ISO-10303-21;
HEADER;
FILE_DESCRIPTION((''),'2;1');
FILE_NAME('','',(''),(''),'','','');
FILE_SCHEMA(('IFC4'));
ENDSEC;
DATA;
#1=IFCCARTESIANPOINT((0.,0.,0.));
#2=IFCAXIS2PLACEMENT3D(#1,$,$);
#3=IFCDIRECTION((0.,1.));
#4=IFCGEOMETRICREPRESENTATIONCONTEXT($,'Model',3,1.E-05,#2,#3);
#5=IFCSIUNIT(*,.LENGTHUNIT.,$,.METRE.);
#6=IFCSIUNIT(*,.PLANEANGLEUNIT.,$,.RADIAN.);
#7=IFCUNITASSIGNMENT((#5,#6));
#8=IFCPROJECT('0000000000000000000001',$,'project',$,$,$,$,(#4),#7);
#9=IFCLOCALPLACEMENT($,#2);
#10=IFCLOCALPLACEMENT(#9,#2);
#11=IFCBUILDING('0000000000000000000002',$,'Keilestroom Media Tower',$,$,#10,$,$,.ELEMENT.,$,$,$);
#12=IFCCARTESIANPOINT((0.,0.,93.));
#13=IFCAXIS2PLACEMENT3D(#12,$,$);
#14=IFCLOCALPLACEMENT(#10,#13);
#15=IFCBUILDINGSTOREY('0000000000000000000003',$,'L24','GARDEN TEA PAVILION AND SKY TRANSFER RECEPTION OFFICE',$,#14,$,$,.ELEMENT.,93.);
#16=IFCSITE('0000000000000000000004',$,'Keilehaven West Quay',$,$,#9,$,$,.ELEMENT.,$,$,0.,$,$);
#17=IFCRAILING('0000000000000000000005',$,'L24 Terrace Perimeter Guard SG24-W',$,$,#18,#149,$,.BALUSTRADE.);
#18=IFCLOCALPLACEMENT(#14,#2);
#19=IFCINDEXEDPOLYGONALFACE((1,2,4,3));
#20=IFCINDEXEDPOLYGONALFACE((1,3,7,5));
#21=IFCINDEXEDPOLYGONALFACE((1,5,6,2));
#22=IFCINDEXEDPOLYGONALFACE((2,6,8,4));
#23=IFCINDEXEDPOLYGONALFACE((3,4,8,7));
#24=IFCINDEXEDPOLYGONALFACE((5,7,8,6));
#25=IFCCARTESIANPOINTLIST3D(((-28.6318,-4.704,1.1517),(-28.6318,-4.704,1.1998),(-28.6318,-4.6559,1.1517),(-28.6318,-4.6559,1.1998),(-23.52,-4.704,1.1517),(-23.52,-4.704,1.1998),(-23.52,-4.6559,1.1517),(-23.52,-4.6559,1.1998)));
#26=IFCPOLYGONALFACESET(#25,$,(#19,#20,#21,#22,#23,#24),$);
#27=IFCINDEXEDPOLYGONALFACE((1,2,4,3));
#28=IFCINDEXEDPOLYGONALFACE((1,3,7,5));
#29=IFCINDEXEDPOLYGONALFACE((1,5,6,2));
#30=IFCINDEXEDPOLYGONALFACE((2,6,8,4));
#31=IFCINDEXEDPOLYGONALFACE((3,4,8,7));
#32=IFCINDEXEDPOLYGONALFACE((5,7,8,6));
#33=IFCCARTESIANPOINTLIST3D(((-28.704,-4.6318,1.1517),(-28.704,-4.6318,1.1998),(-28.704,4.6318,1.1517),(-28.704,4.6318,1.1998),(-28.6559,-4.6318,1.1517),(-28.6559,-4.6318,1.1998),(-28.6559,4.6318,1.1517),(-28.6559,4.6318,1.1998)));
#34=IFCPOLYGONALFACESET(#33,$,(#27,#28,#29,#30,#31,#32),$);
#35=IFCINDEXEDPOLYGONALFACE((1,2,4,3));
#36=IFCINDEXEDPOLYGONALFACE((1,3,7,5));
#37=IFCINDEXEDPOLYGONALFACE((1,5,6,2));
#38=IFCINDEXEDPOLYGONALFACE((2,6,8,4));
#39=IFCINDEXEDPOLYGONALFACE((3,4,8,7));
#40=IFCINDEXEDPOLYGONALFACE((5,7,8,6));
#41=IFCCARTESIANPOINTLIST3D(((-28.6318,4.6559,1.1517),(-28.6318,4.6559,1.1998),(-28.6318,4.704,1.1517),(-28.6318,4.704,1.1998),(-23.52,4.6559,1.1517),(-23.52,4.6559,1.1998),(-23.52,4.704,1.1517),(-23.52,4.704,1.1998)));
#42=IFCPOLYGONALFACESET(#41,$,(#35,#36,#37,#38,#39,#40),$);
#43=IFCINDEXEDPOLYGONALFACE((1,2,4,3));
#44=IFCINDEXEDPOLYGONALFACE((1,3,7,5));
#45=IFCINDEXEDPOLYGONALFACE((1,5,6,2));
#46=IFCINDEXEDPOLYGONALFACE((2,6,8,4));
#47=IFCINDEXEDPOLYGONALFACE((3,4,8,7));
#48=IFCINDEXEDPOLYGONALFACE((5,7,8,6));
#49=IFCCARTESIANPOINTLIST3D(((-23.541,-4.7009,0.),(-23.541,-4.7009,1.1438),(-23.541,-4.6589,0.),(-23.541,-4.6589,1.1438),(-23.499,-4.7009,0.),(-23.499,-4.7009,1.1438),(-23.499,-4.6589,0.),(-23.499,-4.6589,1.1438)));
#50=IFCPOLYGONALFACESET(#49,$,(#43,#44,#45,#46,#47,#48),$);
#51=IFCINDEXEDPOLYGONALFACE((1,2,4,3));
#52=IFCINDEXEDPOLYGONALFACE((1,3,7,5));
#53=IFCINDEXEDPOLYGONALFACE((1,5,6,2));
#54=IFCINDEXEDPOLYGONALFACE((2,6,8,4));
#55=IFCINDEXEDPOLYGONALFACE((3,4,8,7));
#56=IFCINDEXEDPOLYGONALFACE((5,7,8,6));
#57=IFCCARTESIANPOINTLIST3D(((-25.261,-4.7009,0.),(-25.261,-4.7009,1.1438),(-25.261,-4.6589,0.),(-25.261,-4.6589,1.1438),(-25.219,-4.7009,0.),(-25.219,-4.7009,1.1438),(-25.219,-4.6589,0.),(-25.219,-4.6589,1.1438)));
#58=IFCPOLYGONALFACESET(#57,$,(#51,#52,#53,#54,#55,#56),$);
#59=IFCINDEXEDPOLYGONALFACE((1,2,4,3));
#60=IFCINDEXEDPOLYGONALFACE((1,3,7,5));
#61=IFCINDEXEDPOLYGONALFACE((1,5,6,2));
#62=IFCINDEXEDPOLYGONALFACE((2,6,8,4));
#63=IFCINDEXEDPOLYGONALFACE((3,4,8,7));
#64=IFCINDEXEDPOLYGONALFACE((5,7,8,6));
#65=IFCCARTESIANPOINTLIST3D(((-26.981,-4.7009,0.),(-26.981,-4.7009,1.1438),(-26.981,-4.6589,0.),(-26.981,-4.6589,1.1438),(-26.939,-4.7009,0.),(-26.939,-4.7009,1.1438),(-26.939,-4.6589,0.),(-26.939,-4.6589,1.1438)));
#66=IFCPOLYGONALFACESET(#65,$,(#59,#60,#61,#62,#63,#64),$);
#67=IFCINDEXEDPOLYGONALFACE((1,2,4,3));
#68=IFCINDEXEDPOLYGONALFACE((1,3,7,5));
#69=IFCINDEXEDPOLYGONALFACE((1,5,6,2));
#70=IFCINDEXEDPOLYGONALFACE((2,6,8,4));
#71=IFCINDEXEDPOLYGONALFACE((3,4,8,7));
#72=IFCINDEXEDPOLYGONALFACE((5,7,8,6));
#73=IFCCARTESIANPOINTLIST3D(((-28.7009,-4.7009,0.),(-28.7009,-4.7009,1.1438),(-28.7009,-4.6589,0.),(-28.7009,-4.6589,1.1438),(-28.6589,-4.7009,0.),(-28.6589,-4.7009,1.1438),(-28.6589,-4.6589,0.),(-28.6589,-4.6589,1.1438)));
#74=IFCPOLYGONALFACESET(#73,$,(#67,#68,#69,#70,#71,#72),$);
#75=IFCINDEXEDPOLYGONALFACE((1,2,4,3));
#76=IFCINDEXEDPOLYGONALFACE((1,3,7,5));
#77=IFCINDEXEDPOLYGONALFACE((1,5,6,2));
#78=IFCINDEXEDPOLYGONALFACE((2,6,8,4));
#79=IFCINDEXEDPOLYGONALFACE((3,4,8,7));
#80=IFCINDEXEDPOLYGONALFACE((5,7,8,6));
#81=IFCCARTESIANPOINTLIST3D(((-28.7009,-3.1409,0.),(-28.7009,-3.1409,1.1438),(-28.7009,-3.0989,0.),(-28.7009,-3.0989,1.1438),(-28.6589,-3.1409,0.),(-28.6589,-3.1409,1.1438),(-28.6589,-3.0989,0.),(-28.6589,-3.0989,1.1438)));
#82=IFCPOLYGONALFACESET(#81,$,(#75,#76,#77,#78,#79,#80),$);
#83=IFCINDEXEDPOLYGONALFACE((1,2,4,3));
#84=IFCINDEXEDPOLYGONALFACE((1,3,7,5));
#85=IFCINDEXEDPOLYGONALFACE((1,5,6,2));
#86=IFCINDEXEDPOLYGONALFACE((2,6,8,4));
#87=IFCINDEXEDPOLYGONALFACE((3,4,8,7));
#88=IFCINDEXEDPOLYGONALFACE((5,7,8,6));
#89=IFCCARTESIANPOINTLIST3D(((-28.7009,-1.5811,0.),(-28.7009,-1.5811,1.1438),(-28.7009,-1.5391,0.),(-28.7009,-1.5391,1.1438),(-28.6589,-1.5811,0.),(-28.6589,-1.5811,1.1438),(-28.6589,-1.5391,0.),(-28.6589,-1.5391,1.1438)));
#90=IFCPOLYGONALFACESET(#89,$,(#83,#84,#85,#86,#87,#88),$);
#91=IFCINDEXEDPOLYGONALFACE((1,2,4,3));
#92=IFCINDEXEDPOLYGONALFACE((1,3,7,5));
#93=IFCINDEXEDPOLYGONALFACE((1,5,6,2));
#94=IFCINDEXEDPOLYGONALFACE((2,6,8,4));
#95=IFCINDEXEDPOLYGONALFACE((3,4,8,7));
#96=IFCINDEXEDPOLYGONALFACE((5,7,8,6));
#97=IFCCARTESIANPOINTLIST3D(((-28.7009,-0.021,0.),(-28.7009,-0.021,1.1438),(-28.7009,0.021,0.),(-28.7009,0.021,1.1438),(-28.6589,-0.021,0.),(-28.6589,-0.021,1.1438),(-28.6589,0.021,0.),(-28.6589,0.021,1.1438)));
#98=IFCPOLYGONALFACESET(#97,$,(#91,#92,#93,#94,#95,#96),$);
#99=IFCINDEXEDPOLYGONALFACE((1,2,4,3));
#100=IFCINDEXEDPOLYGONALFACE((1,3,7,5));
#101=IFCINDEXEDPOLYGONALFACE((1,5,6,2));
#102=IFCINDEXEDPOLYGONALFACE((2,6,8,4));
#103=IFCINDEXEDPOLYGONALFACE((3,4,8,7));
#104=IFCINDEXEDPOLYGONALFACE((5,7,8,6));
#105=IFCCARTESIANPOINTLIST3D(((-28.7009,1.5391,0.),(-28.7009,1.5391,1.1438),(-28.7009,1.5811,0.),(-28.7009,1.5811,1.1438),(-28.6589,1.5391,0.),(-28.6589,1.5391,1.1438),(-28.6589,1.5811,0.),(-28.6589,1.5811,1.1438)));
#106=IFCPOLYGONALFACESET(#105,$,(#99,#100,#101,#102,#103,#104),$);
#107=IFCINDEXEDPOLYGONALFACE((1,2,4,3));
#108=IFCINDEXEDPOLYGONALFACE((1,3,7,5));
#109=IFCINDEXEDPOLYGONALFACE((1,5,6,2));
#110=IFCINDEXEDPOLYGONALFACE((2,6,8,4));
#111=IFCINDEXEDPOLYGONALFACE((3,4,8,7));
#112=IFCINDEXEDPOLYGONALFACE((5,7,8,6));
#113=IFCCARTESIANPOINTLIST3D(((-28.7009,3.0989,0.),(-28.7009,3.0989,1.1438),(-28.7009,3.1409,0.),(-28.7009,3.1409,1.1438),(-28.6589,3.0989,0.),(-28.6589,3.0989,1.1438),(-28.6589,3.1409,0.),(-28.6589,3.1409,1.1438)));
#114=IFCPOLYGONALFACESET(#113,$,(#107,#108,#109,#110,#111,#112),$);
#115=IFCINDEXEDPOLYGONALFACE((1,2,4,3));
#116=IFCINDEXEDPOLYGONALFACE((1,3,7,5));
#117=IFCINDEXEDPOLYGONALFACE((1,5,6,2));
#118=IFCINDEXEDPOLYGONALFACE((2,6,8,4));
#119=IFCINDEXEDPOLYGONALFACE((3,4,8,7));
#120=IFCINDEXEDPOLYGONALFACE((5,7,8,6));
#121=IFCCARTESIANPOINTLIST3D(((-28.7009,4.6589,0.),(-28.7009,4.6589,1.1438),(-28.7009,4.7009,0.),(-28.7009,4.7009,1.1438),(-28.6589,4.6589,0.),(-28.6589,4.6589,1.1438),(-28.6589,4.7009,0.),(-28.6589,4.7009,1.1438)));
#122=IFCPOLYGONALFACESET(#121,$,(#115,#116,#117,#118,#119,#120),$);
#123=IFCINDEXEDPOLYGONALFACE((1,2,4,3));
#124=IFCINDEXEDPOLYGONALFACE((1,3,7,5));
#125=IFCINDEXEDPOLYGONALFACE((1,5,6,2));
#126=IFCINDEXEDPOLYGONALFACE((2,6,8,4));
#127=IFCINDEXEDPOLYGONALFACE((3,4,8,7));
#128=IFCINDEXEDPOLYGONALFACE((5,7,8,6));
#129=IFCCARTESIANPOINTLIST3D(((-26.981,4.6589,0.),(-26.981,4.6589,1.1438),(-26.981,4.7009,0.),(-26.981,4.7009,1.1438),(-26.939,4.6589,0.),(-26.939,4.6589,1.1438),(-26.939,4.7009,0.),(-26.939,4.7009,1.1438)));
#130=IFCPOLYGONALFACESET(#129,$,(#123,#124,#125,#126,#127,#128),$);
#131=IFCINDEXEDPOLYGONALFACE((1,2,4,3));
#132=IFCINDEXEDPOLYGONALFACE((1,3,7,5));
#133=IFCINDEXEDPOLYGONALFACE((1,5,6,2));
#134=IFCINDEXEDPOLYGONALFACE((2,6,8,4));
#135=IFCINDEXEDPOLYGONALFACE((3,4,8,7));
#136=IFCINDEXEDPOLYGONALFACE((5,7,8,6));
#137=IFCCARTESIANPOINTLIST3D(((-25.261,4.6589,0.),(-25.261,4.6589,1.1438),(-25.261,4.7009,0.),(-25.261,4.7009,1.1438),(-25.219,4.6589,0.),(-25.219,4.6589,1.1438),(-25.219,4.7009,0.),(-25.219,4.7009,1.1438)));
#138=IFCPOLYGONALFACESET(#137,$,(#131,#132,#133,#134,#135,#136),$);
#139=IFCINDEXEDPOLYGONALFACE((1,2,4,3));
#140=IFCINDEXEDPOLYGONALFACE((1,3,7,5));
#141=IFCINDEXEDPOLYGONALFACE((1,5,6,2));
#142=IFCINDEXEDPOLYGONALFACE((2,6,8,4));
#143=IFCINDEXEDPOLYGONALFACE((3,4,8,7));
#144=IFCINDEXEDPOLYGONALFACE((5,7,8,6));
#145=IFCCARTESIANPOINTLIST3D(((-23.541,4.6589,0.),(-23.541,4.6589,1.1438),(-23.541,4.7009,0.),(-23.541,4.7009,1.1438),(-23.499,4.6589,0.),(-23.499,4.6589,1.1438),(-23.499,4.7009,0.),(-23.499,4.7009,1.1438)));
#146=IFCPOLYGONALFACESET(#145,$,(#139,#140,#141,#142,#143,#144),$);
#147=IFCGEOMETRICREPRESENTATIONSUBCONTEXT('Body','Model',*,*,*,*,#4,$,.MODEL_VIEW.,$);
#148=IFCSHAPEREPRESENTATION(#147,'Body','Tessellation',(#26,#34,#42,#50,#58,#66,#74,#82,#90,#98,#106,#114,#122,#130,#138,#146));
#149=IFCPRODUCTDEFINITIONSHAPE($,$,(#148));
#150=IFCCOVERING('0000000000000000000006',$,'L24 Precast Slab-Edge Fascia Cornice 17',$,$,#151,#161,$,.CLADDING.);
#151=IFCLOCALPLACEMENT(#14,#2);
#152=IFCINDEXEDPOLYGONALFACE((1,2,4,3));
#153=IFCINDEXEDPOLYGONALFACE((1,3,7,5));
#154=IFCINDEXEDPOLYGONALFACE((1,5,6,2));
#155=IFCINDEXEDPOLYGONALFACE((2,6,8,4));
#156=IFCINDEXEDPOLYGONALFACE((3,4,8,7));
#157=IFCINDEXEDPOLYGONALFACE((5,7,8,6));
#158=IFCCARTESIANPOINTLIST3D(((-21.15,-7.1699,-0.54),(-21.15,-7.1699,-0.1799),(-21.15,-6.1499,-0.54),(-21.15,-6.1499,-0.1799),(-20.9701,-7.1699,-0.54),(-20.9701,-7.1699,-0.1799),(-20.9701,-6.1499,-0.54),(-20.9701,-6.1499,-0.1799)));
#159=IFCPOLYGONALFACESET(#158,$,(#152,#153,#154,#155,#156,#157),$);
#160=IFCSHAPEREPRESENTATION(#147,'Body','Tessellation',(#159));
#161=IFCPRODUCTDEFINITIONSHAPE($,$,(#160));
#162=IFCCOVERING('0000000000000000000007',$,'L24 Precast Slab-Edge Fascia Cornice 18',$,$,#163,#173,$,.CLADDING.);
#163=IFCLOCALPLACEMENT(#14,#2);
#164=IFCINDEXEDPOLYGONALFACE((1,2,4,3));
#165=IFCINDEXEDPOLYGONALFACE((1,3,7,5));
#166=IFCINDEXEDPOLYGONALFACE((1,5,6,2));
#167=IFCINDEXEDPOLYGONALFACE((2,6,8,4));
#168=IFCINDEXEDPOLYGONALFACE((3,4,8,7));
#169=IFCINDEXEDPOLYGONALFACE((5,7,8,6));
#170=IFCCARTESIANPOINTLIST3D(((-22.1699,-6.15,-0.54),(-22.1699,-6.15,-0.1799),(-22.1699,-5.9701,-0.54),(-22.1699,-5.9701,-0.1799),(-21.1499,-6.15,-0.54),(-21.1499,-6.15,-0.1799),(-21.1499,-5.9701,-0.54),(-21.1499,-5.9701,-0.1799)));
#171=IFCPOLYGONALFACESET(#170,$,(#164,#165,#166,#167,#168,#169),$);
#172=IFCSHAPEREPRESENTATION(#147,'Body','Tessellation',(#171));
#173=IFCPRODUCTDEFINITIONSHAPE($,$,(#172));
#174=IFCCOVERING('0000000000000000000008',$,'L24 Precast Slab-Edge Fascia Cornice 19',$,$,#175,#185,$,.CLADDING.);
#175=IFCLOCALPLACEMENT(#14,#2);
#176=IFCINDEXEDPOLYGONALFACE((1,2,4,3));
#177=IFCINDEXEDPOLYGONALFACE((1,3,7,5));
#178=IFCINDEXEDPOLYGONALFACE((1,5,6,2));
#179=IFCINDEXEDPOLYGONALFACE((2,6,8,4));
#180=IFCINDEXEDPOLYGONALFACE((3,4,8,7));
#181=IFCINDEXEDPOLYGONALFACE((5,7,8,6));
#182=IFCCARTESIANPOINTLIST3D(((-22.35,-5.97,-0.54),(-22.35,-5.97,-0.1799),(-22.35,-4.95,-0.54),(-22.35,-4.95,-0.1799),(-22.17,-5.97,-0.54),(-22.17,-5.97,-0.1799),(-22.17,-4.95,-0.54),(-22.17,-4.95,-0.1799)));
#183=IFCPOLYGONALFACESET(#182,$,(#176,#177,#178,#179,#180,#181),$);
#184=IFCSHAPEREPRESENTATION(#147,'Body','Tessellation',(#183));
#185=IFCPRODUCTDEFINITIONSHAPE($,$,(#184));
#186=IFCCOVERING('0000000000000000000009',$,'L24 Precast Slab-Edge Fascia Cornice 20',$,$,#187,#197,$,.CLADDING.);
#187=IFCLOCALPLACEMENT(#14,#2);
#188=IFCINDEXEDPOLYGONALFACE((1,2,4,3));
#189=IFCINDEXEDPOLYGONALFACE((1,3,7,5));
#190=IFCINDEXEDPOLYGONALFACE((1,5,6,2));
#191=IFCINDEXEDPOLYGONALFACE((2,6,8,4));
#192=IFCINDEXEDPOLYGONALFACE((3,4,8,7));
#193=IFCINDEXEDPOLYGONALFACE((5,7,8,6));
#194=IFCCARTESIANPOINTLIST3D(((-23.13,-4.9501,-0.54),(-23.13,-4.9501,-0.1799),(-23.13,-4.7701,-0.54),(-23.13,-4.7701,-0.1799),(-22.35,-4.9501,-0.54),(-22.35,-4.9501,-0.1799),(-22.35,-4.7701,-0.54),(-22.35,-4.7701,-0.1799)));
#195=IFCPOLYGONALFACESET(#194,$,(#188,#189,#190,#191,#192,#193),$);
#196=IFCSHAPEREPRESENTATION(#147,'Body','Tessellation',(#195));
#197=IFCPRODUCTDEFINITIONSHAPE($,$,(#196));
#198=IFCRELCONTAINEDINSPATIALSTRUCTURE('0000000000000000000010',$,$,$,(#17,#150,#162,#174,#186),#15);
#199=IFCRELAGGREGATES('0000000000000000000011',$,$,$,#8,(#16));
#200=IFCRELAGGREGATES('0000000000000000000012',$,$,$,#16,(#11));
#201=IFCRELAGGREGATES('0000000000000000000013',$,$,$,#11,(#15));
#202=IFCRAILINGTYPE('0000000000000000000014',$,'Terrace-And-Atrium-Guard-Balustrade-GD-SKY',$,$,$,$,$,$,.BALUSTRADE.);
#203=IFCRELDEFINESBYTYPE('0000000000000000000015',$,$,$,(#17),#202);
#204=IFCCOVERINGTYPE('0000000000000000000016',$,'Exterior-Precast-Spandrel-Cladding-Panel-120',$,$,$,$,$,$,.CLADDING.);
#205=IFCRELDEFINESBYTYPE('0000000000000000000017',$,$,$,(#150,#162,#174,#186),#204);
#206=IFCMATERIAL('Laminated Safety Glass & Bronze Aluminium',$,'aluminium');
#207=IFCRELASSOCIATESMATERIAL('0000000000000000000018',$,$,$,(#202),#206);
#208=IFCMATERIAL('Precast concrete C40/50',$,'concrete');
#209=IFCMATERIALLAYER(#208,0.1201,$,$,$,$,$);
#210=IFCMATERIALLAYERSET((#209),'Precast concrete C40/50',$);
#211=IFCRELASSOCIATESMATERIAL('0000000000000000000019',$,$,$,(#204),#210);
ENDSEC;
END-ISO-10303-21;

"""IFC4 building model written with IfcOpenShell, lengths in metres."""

from ifc_helpers import new_model, si_unit, direction, frame, origin, origin_2d, place, context, subcontext, project, spatial, rectangle, extrude, source, transform, mapped, material, layer, layer_set, type_object, element, save


model = new_model("IFC4")

# Units and contexts
model_context = context("Model", 3, precision=1e-05, world=origin(), true_north=direction((0.0, 1.0)))
body_context = subcontext(model_context, "Body", "Model", "MODEL_VIEW")
ifc_project = project(units=[si_unit("LENGTHUNIT", "METRE"), si_unit("PLANEANGLEUNIT", "RADIAN")], contexts=[model_context])

# Site, building, storey
site_placement = place(None, origin())
site = spatial("IfcSite", under=ifc_project, at=site_placement, Name="Keilehaven West Quay", CompositionType="ELEMENT", RefElevation=0.0)
building_placement = place(site_placement, origin())
building = spatial("IfcBuilding", under=site, at=building_placement, Name="Keilestroom Media Tower", CompositionType="ELEMENT")
storey_placement = place(building_placement, frame((0.0, 0.0, 93.0)))
storey = spatial("IfcBuildingStorey", under=building, at=storey_placement, Name="L24", Description="GARDEN TEA PAVILION AND SKY TRANSFER RECEPTION OFFICE", CompositionType="ELEMENT", Elevation=93.0)

# Shared definitions
ifc_material_1 = material(Name="Precast concrete C40/50", Category="concrete")

# Railing
ifc_material_2 = material(Name="Laminated Safety Glass & Bronze Aluminium", Category="aluminium")
railing_type = type_object("IfcRailingType", Name="Terrace-And-Atrium-Guard-Balustrade-GD-SKY", PredefinedType="BALUSTRADE", material=ifc_material_2)
railing_placement = place(storey_placement, frame((-23.52, -4.6799, 0.0)))
element("IfcRailing", 1, at=railing_placement, inside=storey, type_object=railing_type, Name="L24 Terrace Perimeter Guard SG24-W", PredefinedType="BALUSTRADE", context=body_context, shape_type="SweptSolid", body=[
    extrude(rectangle(XDim=0.0481, YDim=0.0481, at=origin_2d()), frame((0.0, 0.0, 1.1758), z_axis=(-1.0, 0.0, 0.0), x_axis=(0.0, -1.0, 0.0)), (0.0, 0.0, 1.0), 5.1118),
    extrude(rectangle(XDim=0.0481, YDim=0.0481, at=origin_2d()), frame((-5.1599, 0.0481, 1.1758), z_axis=(0.0, 1.0, 0.0), x_axis=(-1.0, 0.0, 0.0)), (0.0, 0.0, 1.0), 9.2637),
    extrude(rectangle(XDim=0.0481, YDim=0.0481, at=origin_2d()), frame((-5.1118, 9.3599, 1.1758), z_axis=(1.0, 0.0, 0.0), x_axis=(0.0, 1.0, 0.0)), (0.0, 0.0, 1.0), 5.1118),
    extrude(rectangle(XDim=0.042, YDim=0.042, at=origin_2d()), origin(), (0.0, 0.0, 1.0), 1.1438),
    extrude(rectangle(XDim=0.042, YDim=0.042, at=origin_2d()), frame((-1.72, 0.0, 0.0)), (0.0, 0.0, 1.0), 1.1438),
    extrude(rectangle(XDim=0.042, YDim=0.042, at=origin_2d()), frame((-3.4399, 0.0, 0.0)), (0.0, 0.0, 1.0), 1.1438),
    extrude(rectangle(XDim=0.042, YDim=0.042, at=origin_2d()), frame((-5.1599, 0.0, 0.0)), (0.0, 0.0, 1.0), 1.1438),
    extrude(rectangle(XDim=0.042, YDim=0.042, at=origin_2d()), frame((-5.1599, 1.5601, 0.0)), (0.0, 0.0, 1.0), 1.1438),
    extrude(rectangle(XDim=0.042, YDim=0.042, at=origin_2d()), frame((-5.1599, 3.1199, 0.0)), (0.0, 0.0, 1.0), 1.1438),
    extrude(rectangle(XDim=0.042, YDim=0.042, at=origin_2d()), frame((-5.1599, 4.6799, 0.0)), (0.0, 0.0, 1.0), 1.1438),
    extrude(rectangle(XDim=0.042, YDim=0.042, at=origin_2d()), frame((-5.1599, 6.24, 0.0)), (0.0, 0.0, 1.0), 1.1438),
    extrude(rectangle(XDim=0.042, YDim=0.042, at=origin_2d()), frame((-5.1599, 7.7998, 0.0)), (0.0, 0.0, 1.0), 1.1438),
    extrude(rectangle(XDim=0.042, YDim=0.042, at=origin_2d()), frame((-5.1599, 9.3599, 0.0)), (0.0, 0.0, 1.0), 1.1438),
    extrude(rectangle(XDim=0.042, YDim=0.042, at=origin_2d()), frame((-3.4399, 9.3599, 0.0)), (0.0, 0.0, 1.0), 1.1438),
    extrude(rectangle(XDim=0.042, YDim=0.042, at=origin_2d()), frame((-1.72, 9.3599, 0.0)), (0.0, 0.0, 1.0), 1.1438),
    extrude(rectangle(XDim=0.042, YDim=0.042, at=origin_2d()), frame((0.0, 9.3599, 0.0)), (0.0, 0.0, 1.0), 1.1438),
])

# Coverings
ifc_layer_1 = layer(ifc_material_1, 0.1201)
ifc_layer_set_1 = layer_set([ifc_layer_1], Name="Precast concrete C40/50")
covering_type = type_object("IfcCoveringType", Name="Exterior-Precast-Spandrel-Cladding-Panel-120", PredefinedType="CLADDING", material=ifc_layer_set_1)
shared_shape_1 = source(origin(), body_context, "Body", "SweptSolid", [
    extrude(rectangle(XDim=1.02, YDim=0.1799, at=origin_2d()), origin(), (0.0, 0.0, 1.0), 0.3601),
])
for number, where, z_axis, x_axis, name in (
    (2, (-21.0601, -6.6599, -0.54), (0.0, 0.0, 1.0), (0.0, 1.0, 0.0), "L24 Precast Slab-Edge Fascia Cornice 17"),
    (3, (-21.6599, -6.0601, -0.54), (0.0, 0.0, 1.0), (-1.0, 0.0, 0.0), "L24 Precast Slab-Edge Fascia Cornice 18"),
    (4, (-22.26, -5.46, -0.54), (0.0, 0.0, 1.0), (0.0, 1.0, 0.0), "L24 Precast Slab-Edge Fascia Cornice 19"),
):
    element("IfcCovering", number, at=place(storey_placement, frame(where, z_axis=z_axis, x_axis=x_axis)), inside=storey, type_object=covering_type, Name=name, PredefinedType="CLADDING", context=body_context, shape_type="MappedRepresentation", body=[
        mapped(shared_shape_1, transform((0.0, 0.0, 0.0), x_axis=(1.0, 0.0, 0.0), y_axis=(0.0, 1.0, 0.0), z_axis=(0.0, 0.0, 1.0), scale=1.0)),
    ])
shared_shape_2 = source(origin(), body_context, "Body", "SweptSolid", [
    extrude(rectangle(XDim=0.78, YDim=0.1799, at=origin_2d()), origin(), (0.0, 0.0, 1.0), 0.3601),
])
covering_placement = place(storey_placement, frame((-22.74, -4.8601, -0.54), z_axis=(0.0, 0.0, 1.0), x_axis=(-1.0, 0.0, 0.0)))
element("IfcCovering", 5, at=covering_placement, inside=storey, type_object=covering_type, Name="L24 Precast Slab-Edge Fascia Cornice 20", PredefinedType="CLADDING", context=body_context, shape_type="MappedRepresentation", body=[
    mapped(shared_shape_2, transform((0.0, 0.0, 0.0), x_axis=(1.0, 0.0, 0.0), y_axis=(0.0, 1.0, 0.0), z_axis=(0.0, 0.0, 1.0), scale=1.0)),
])

save(model, "model.ifc")
